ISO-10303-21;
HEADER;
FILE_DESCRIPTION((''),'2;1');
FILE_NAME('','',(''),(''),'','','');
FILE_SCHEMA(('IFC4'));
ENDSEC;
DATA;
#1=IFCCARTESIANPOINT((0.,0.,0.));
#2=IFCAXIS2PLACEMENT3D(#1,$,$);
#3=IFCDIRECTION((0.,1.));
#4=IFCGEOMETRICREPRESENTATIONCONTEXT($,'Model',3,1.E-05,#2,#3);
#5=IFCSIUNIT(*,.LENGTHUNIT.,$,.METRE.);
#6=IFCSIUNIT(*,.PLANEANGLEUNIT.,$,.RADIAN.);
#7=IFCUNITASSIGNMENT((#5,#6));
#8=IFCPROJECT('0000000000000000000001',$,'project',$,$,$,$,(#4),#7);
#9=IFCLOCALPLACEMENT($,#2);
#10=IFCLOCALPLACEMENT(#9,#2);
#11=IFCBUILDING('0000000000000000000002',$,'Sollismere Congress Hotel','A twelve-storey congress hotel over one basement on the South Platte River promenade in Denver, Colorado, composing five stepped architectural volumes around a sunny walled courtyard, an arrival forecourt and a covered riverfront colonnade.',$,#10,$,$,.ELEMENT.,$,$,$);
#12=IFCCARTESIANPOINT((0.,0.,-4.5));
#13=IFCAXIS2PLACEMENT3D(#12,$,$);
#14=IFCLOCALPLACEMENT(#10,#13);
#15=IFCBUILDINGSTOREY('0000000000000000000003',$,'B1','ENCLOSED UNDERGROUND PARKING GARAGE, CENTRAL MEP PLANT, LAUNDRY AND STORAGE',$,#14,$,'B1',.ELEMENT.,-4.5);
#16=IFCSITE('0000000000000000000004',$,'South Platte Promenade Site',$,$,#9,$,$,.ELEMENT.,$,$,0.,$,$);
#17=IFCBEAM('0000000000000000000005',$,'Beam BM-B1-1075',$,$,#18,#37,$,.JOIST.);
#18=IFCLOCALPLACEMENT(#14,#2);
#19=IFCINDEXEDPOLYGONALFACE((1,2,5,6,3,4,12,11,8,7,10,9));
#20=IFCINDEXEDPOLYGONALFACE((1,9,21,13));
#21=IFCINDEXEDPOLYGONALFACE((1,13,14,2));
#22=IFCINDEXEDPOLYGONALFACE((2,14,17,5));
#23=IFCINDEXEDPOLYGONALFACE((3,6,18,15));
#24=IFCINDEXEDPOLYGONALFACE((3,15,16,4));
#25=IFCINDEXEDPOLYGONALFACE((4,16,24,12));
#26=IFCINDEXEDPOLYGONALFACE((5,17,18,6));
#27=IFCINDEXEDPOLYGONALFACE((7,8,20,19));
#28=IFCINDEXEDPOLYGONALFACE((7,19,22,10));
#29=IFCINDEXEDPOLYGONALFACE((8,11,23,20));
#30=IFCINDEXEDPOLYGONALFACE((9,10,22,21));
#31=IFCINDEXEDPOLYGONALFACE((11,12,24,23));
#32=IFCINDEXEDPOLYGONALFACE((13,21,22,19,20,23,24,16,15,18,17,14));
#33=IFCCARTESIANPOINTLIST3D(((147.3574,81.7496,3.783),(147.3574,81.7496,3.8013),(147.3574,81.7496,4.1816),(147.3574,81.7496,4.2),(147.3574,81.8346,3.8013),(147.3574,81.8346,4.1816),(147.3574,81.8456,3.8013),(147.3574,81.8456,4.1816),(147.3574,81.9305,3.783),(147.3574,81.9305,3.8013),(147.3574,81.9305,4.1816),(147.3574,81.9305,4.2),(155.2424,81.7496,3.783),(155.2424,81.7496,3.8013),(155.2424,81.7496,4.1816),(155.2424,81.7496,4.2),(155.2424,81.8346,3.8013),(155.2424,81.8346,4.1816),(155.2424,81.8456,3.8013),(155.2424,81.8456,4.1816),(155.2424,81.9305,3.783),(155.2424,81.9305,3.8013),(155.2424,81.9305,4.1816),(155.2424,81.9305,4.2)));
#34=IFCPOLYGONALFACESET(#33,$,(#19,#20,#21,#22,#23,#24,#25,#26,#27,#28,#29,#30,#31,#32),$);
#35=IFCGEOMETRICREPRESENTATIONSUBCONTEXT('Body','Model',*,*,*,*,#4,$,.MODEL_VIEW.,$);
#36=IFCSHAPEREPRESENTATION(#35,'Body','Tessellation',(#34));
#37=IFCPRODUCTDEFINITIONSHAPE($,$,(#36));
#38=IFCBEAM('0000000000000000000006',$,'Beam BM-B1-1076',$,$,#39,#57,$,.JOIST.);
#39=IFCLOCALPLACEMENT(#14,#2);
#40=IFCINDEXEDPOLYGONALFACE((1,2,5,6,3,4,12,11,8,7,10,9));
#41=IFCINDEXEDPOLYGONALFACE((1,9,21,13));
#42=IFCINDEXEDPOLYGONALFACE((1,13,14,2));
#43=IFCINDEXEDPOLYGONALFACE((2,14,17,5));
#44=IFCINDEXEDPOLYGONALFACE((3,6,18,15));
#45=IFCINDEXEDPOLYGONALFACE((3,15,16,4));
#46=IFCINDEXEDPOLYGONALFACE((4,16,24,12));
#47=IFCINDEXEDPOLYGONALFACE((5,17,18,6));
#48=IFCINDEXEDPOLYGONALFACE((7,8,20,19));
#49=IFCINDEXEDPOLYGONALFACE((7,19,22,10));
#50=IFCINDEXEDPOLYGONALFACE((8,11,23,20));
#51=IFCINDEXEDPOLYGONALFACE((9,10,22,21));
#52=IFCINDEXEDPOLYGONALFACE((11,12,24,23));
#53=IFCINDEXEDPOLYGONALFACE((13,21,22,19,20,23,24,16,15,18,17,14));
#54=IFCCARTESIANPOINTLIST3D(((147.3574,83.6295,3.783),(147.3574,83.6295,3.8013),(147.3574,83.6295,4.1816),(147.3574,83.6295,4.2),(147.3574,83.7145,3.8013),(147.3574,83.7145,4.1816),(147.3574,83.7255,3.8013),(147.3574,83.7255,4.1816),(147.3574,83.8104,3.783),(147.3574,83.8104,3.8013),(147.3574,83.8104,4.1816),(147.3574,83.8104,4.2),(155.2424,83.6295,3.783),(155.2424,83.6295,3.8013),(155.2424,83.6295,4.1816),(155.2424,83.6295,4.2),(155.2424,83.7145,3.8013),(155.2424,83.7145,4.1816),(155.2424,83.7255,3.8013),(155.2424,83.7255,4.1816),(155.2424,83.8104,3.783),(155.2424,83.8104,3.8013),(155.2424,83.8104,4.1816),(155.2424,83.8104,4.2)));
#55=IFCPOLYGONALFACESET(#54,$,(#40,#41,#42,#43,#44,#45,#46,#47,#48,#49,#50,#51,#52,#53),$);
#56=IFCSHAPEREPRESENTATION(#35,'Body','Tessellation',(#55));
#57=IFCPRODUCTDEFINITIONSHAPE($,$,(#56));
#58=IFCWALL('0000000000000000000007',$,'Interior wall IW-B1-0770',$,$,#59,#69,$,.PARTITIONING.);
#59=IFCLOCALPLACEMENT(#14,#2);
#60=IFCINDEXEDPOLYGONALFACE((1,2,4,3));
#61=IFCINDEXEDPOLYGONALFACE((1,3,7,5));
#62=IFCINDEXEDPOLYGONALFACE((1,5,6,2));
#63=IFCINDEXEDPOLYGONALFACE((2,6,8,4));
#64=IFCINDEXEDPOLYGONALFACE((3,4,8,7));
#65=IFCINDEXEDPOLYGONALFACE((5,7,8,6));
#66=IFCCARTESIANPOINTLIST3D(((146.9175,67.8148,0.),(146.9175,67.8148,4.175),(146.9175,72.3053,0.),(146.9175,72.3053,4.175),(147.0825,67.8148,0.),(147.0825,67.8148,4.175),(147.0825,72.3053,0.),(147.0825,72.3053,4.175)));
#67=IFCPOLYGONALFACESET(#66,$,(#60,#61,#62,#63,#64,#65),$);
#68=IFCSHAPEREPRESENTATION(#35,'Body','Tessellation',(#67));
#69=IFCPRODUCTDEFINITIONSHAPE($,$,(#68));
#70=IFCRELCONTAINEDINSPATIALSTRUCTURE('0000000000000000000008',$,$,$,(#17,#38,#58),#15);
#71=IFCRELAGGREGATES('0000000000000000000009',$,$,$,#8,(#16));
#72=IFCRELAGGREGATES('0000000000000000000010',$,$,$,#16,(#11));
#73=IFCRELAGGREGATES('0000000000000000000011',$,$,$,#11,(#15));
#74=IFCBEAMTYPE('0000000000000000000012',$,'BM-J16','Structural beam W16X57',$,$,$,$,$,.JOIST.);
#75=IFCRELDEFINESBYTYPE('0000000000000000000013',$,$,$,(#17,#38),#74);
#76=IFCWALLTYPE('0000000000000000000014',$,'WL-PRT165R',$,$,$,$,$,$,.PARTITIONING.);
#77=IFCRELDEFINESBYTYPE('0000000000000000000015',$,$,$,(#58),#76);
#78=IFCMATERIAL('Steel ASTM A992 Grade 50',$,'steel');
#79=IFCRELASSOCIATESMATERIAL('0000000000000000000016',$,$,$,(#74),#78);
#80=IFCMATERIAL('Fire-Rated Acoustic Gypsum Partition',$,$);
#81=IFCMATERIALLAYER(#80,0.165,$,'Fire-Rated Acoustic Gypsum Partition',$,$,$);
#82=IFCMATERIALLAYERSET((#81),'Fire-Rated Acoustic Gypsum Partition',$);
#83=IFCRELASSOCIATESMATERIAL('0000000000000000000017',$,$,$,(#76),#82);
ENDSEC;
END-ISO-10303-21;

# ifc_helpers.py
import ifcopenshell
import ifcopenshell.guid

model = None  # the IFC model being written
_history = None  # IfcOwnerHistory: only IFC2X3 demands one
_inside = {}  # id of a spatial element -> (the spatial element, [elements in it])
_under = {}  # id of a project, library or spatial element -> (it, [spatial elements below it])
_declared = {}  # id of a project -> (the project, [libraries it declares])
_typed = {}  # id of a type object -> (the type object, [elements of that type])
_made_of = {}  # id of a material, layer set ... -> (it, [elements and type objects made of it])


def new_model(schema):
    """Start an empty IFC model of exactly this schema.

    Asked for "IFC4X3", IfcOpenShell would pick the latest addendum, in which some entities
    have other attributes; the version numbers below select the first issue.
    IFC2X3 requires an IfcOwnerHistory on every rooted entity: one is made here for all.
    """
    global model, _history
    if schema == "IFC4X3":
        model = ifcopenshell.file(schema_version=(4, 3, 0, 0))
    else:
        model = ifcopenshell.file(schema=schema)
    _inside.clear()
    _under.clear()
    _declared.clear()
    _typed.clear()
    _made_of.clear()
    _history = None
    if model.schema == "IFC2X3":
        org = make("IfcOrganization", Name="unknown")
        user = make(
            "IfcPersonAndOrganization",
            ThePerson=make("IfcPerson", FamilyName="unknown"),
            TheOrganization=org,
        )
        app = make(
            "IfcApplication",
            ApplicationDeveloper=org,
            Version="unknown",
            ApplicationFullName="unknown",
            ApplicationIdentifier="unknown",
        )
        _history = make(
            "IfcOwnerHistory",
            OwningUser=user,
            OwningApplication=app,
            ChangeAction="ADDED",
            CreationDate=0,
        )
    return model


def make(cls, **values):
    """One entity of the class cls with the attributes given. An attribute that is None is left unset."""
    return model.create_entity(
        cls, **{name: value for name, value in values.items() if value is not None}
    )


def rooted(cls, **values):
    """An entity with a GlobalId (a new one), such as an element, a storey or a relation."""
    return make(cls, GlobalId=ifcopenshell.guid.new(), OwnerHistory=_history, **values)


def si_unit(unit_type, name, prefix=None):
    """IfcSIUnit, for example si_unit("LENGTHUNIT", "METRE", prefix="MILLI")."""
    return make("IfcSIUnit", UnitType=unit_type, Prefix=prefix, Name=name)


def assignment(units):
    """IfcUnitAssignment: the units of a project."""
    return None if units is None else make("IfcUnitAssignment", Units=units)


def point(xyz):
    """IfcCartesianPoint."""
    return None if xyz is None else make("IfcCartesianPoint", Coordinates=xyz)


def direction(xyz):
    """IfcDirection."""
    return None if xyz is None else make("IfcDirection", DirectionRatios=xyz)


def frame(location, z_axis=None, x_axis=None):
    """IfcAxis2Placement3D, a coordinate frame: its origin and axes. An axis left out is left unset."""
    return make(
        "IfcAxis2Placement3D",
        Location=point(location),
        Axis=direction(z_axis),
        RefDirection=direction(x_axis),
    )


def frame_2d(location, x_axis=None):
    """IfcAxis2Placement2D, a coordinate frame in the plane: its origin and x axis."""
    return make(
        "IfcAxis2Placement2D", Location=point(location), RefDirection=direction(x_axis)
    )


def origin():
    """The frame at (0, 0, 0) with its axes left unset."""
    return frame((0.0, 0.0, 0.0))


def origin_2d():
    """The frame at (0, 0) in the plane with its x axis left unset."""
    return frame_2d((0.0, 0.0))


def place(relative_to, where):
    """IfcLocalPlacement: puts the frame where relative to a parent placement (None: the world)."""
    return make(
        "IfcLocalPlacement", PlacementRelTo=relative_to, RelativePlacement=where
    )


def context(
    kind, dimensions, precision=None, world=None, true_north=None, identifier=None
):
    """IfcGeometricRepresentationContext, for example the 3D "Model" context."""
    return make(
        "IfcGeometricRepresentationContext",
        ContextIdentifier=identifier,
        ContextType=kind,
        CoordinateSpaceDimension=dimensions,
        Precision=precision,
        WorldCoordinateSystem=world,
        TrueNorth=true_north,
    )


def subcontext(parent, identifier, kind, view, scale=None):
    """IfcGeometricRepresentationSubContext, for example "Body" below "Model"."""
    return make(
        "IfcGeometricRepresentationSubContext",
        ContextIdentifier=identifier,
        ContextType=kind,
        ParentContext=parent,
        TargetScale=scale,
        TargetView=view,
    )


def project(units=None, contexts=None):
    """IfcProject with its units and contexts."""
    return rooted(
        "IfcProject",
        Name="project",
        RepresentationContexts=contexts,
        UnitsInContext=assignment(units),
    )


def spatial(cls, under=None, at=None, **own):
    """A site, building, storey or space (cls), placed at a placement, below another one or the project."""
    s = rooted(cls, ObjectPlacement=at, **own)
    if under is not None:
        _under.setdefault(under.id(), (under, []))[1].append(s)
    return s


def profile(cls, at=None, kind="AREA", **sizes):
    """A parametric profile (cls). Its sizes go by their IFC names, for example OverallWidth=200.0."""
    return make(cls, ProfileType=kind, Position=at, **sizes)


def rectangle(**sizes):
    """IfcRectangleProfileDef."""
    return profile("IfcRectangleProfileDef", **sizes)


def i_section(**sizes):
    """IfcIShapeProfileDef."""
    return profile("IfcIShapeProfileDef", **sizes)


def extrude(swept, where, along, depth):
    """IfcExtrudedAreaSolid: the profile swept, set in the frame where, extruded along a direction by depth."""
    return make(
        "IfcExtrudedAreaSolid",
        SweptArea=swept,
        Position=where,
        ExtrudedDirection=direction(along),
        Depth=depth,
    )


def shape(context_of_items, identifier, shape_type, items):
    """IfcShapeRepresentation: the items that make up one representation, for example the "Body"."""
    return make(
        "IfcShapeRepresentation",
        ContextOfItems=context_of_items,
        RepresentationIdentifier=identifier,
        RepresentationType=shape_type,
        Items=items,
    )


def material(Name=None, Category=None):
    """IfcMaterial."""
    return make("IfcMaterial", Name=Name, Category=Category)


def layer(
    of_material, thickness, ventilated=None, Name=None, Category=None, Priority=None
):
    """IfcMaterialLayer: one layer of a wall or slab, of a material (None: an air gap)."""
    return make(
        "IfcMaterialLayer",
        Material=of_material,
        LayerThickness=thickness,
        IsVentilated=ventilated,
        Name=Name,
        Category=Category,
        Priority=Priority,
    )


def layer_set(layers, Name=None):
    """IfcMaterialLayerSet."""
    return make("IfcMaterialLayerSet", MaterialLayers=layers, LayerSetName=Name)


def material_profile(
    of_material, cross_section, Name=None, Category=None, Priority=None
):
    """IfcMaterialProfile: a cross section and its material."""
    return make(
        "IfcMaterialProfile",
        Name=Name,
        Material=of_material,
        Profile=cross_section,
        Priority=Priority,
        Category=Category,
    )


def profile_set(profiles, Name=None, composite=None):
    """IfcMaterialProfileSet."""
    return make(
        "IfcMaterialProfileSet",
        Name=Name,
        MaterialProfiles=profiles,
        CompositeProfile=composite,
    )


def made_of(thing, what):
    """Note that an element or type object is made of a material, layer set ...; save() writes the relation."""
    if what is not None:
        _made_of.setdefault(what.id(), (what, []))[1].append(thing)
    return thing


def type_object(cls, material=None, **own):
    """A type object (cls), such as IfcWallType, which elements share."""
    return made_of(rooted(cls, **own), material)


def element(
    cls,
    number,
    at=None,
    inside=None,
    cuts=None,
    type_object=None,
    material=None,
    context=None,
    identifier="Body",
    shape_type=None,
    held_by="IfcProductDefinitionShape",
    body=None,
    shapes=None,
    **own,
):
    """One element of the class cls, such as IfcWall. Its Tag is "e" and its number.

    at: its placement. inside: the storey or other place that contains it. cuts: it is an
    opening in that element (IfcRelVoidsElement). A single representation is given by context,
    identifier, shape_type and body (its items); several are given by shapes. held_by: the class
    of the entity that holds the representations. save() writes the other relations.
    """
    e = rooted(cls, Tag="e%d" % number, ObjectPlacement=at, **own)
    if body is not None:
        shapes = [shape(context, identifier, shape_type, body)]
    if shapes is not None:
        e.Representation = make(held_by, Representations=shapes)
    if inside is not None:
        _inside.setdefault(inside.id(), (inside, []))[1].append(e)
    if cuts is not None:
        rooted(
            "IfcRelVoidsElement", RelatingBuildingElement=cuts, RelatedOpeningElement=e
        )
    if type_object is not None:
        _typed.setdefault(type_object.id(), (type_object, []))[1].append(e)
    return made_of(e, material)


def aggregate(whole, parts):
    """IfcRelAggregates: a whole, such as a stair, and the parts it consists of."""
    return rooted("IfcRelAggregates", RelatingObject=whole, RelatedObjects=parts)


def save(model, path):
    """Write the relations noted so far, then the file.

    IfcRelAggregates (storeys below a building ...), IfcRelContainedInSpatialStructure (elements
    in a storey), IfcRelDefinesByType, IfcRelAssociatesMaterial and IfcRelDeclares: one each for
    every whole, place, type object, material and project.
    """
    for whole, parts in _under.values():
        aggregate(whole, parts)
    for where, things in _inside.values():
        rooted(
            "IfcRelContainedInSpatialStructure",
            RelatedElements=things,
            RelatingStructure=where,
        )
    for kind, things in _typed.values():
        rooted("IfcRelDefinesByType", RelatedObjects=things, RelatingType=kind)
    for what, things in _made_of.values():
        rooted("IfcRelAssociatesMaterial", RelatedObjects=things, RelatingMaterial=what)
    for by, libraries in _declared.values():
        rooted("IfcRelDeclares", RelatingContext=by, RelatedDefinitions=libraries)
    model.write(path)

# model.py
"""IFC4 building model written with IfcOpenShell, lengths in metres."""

from ifc_helpers import new_model, si_unit, direction, frame, frame_2d, origin, origin_2d, place, context, subcontext, project, spatial, rectangle, i_section, extrude, material, layer, layer_set, material_profile, profile_set, type_object, element, save


model = new_model("IFC4")

# Units and contexts
model_context = context("Model", 3, precision=1e-05, world=origin(), true_north=direction((0.0, 1.0)))
body_context = subcontext(model_context, "Body", "Model", "MODEL_VIEW")
ifc_project = project(units=[si_unit("LENGTHUNIT", "METRE"), si_unit("PLANEANGLEUNIT", "RADIAN")], contexts=[model_context])

# Site, building, storey
site_placement = place(None, origin())
site = spatial("IfcSite", under=ifc_project, at=site_placement, Name="South Platte Promenade Site", CompositionType="ELEMENT", RefElevation=0.0)
building_placement = place(site_placement, origin())
building = spatial("IfcBuilding", under=site, at=building_placement, Name="Sollismere Congress Hotel", Description="A twelve-storey congress hotel over one basement on the South Platte River promenade in Denver, Colorado, composing five stepped architectural volumes around a sunny walled courtyard, an arrival forecourt and a covered riverfront colonnade.", CompositionType="ELEMENT")
storey_placement = place(building_placement, frame((0.0, 0.0, -4.5)))
storey = spatial("IfcBuildingStorey", under=building, at=storey_placement, Name="B1", Description="ENCLOSED UNDERGROUND PARKING GARAGE, CENTRAL MEP PLANT, LAUNDRY AND STORAGE", LongName="B1", CompositionType="ELEMENT", Elevation=-4.5)

# Beams
ifc_material_1 = material(Name="Steel ASTM A992 Grade 50", Category="steel")
ifc_material_profile_1 = material_profile(ifc_material_1, i_section(OverallWidth=0.1809, OverallDepth=0.417, WebThickness=0.011, FlangeThickness=0.0183, at=origin_2d()), Name="W16X57")
ifc_profile_set_1 = profile_set([ifc_material_profile_1], Name="Steel ASTM A992 Grade 50")
beam_type_1 = type_object("IfcBeamType", Name="BM-J16", Description="Structural beam W16X57", PredefinedType="JOIST", material=ifc_profile_set_1)
for number, where, z_axis, x_axis, name in (
    (1, (147.3574, 81.8401, 3.9915), (1.0, 0.0, 0.0), (0.0, 1.0, 0.0), "Beam BM-B1-1075"),
    (2, (147.3574, 83.72, 3.9915), (1.0, 0.0, 0.0), (0.0, 1.0, 0.0), "Beam BM-B1-1076"),
):
    element("IfcBeam", number, at=place(storey_placement, frame(where, z_axis=z_axis, x_axis=x_axis)), inside=storey, type_object=beam_type_1, Name=name, PredefinedType="JOIST", context=body_context, shape_type="SweptSolid", body=[
        extrude(i_section(OverallWidth=0.1809, OverallDepth=0.417, WebThickness=0.011, FlangeThickness=0.0183, at=origin_2d()), origin(), (0.0, 0.0, 1.0), 7.885),
    ])

# Wall
ifc_material_2 = material(Name="Fire-Rated Acoustic Gypsum Partition")
ifc_layer = layer(ifc_material_2, 0.165, Name="Fire-Rated Acoustic Gypsum Partition")
ifc_layer_set = layer_set([ifc_layer], Name="Fire-Rated Acoustic Gypsum Partition")
wall_type = type_object("IfcWallType", Name="WL-PRT165R", PredefinedType="PARTITIONING", material=ifc_layer_set)
wall_placement = place(storey_placement, frame((147.0, 67.8149, 0.0), z_axis=(0.0, 0.0, 1.0), x_axis=(0.0, 1.0, 0.0)))
element("IfcWall", 3, at=wall_placement, inside=storey, type_object=wall_type, Name="Interior wall IW-B1-0770", PredefinedType="PARTITIONING", context=body_context, shape_type="SweptSolid", body=[
    extrude(rectangle(XDim=4.4905, YDim=0.165, at=frame_2d((2.2451, 0.0))), origin(), (0.0, 0.0, 1.0), 4.175),
])

save(model, "model.ifc")
